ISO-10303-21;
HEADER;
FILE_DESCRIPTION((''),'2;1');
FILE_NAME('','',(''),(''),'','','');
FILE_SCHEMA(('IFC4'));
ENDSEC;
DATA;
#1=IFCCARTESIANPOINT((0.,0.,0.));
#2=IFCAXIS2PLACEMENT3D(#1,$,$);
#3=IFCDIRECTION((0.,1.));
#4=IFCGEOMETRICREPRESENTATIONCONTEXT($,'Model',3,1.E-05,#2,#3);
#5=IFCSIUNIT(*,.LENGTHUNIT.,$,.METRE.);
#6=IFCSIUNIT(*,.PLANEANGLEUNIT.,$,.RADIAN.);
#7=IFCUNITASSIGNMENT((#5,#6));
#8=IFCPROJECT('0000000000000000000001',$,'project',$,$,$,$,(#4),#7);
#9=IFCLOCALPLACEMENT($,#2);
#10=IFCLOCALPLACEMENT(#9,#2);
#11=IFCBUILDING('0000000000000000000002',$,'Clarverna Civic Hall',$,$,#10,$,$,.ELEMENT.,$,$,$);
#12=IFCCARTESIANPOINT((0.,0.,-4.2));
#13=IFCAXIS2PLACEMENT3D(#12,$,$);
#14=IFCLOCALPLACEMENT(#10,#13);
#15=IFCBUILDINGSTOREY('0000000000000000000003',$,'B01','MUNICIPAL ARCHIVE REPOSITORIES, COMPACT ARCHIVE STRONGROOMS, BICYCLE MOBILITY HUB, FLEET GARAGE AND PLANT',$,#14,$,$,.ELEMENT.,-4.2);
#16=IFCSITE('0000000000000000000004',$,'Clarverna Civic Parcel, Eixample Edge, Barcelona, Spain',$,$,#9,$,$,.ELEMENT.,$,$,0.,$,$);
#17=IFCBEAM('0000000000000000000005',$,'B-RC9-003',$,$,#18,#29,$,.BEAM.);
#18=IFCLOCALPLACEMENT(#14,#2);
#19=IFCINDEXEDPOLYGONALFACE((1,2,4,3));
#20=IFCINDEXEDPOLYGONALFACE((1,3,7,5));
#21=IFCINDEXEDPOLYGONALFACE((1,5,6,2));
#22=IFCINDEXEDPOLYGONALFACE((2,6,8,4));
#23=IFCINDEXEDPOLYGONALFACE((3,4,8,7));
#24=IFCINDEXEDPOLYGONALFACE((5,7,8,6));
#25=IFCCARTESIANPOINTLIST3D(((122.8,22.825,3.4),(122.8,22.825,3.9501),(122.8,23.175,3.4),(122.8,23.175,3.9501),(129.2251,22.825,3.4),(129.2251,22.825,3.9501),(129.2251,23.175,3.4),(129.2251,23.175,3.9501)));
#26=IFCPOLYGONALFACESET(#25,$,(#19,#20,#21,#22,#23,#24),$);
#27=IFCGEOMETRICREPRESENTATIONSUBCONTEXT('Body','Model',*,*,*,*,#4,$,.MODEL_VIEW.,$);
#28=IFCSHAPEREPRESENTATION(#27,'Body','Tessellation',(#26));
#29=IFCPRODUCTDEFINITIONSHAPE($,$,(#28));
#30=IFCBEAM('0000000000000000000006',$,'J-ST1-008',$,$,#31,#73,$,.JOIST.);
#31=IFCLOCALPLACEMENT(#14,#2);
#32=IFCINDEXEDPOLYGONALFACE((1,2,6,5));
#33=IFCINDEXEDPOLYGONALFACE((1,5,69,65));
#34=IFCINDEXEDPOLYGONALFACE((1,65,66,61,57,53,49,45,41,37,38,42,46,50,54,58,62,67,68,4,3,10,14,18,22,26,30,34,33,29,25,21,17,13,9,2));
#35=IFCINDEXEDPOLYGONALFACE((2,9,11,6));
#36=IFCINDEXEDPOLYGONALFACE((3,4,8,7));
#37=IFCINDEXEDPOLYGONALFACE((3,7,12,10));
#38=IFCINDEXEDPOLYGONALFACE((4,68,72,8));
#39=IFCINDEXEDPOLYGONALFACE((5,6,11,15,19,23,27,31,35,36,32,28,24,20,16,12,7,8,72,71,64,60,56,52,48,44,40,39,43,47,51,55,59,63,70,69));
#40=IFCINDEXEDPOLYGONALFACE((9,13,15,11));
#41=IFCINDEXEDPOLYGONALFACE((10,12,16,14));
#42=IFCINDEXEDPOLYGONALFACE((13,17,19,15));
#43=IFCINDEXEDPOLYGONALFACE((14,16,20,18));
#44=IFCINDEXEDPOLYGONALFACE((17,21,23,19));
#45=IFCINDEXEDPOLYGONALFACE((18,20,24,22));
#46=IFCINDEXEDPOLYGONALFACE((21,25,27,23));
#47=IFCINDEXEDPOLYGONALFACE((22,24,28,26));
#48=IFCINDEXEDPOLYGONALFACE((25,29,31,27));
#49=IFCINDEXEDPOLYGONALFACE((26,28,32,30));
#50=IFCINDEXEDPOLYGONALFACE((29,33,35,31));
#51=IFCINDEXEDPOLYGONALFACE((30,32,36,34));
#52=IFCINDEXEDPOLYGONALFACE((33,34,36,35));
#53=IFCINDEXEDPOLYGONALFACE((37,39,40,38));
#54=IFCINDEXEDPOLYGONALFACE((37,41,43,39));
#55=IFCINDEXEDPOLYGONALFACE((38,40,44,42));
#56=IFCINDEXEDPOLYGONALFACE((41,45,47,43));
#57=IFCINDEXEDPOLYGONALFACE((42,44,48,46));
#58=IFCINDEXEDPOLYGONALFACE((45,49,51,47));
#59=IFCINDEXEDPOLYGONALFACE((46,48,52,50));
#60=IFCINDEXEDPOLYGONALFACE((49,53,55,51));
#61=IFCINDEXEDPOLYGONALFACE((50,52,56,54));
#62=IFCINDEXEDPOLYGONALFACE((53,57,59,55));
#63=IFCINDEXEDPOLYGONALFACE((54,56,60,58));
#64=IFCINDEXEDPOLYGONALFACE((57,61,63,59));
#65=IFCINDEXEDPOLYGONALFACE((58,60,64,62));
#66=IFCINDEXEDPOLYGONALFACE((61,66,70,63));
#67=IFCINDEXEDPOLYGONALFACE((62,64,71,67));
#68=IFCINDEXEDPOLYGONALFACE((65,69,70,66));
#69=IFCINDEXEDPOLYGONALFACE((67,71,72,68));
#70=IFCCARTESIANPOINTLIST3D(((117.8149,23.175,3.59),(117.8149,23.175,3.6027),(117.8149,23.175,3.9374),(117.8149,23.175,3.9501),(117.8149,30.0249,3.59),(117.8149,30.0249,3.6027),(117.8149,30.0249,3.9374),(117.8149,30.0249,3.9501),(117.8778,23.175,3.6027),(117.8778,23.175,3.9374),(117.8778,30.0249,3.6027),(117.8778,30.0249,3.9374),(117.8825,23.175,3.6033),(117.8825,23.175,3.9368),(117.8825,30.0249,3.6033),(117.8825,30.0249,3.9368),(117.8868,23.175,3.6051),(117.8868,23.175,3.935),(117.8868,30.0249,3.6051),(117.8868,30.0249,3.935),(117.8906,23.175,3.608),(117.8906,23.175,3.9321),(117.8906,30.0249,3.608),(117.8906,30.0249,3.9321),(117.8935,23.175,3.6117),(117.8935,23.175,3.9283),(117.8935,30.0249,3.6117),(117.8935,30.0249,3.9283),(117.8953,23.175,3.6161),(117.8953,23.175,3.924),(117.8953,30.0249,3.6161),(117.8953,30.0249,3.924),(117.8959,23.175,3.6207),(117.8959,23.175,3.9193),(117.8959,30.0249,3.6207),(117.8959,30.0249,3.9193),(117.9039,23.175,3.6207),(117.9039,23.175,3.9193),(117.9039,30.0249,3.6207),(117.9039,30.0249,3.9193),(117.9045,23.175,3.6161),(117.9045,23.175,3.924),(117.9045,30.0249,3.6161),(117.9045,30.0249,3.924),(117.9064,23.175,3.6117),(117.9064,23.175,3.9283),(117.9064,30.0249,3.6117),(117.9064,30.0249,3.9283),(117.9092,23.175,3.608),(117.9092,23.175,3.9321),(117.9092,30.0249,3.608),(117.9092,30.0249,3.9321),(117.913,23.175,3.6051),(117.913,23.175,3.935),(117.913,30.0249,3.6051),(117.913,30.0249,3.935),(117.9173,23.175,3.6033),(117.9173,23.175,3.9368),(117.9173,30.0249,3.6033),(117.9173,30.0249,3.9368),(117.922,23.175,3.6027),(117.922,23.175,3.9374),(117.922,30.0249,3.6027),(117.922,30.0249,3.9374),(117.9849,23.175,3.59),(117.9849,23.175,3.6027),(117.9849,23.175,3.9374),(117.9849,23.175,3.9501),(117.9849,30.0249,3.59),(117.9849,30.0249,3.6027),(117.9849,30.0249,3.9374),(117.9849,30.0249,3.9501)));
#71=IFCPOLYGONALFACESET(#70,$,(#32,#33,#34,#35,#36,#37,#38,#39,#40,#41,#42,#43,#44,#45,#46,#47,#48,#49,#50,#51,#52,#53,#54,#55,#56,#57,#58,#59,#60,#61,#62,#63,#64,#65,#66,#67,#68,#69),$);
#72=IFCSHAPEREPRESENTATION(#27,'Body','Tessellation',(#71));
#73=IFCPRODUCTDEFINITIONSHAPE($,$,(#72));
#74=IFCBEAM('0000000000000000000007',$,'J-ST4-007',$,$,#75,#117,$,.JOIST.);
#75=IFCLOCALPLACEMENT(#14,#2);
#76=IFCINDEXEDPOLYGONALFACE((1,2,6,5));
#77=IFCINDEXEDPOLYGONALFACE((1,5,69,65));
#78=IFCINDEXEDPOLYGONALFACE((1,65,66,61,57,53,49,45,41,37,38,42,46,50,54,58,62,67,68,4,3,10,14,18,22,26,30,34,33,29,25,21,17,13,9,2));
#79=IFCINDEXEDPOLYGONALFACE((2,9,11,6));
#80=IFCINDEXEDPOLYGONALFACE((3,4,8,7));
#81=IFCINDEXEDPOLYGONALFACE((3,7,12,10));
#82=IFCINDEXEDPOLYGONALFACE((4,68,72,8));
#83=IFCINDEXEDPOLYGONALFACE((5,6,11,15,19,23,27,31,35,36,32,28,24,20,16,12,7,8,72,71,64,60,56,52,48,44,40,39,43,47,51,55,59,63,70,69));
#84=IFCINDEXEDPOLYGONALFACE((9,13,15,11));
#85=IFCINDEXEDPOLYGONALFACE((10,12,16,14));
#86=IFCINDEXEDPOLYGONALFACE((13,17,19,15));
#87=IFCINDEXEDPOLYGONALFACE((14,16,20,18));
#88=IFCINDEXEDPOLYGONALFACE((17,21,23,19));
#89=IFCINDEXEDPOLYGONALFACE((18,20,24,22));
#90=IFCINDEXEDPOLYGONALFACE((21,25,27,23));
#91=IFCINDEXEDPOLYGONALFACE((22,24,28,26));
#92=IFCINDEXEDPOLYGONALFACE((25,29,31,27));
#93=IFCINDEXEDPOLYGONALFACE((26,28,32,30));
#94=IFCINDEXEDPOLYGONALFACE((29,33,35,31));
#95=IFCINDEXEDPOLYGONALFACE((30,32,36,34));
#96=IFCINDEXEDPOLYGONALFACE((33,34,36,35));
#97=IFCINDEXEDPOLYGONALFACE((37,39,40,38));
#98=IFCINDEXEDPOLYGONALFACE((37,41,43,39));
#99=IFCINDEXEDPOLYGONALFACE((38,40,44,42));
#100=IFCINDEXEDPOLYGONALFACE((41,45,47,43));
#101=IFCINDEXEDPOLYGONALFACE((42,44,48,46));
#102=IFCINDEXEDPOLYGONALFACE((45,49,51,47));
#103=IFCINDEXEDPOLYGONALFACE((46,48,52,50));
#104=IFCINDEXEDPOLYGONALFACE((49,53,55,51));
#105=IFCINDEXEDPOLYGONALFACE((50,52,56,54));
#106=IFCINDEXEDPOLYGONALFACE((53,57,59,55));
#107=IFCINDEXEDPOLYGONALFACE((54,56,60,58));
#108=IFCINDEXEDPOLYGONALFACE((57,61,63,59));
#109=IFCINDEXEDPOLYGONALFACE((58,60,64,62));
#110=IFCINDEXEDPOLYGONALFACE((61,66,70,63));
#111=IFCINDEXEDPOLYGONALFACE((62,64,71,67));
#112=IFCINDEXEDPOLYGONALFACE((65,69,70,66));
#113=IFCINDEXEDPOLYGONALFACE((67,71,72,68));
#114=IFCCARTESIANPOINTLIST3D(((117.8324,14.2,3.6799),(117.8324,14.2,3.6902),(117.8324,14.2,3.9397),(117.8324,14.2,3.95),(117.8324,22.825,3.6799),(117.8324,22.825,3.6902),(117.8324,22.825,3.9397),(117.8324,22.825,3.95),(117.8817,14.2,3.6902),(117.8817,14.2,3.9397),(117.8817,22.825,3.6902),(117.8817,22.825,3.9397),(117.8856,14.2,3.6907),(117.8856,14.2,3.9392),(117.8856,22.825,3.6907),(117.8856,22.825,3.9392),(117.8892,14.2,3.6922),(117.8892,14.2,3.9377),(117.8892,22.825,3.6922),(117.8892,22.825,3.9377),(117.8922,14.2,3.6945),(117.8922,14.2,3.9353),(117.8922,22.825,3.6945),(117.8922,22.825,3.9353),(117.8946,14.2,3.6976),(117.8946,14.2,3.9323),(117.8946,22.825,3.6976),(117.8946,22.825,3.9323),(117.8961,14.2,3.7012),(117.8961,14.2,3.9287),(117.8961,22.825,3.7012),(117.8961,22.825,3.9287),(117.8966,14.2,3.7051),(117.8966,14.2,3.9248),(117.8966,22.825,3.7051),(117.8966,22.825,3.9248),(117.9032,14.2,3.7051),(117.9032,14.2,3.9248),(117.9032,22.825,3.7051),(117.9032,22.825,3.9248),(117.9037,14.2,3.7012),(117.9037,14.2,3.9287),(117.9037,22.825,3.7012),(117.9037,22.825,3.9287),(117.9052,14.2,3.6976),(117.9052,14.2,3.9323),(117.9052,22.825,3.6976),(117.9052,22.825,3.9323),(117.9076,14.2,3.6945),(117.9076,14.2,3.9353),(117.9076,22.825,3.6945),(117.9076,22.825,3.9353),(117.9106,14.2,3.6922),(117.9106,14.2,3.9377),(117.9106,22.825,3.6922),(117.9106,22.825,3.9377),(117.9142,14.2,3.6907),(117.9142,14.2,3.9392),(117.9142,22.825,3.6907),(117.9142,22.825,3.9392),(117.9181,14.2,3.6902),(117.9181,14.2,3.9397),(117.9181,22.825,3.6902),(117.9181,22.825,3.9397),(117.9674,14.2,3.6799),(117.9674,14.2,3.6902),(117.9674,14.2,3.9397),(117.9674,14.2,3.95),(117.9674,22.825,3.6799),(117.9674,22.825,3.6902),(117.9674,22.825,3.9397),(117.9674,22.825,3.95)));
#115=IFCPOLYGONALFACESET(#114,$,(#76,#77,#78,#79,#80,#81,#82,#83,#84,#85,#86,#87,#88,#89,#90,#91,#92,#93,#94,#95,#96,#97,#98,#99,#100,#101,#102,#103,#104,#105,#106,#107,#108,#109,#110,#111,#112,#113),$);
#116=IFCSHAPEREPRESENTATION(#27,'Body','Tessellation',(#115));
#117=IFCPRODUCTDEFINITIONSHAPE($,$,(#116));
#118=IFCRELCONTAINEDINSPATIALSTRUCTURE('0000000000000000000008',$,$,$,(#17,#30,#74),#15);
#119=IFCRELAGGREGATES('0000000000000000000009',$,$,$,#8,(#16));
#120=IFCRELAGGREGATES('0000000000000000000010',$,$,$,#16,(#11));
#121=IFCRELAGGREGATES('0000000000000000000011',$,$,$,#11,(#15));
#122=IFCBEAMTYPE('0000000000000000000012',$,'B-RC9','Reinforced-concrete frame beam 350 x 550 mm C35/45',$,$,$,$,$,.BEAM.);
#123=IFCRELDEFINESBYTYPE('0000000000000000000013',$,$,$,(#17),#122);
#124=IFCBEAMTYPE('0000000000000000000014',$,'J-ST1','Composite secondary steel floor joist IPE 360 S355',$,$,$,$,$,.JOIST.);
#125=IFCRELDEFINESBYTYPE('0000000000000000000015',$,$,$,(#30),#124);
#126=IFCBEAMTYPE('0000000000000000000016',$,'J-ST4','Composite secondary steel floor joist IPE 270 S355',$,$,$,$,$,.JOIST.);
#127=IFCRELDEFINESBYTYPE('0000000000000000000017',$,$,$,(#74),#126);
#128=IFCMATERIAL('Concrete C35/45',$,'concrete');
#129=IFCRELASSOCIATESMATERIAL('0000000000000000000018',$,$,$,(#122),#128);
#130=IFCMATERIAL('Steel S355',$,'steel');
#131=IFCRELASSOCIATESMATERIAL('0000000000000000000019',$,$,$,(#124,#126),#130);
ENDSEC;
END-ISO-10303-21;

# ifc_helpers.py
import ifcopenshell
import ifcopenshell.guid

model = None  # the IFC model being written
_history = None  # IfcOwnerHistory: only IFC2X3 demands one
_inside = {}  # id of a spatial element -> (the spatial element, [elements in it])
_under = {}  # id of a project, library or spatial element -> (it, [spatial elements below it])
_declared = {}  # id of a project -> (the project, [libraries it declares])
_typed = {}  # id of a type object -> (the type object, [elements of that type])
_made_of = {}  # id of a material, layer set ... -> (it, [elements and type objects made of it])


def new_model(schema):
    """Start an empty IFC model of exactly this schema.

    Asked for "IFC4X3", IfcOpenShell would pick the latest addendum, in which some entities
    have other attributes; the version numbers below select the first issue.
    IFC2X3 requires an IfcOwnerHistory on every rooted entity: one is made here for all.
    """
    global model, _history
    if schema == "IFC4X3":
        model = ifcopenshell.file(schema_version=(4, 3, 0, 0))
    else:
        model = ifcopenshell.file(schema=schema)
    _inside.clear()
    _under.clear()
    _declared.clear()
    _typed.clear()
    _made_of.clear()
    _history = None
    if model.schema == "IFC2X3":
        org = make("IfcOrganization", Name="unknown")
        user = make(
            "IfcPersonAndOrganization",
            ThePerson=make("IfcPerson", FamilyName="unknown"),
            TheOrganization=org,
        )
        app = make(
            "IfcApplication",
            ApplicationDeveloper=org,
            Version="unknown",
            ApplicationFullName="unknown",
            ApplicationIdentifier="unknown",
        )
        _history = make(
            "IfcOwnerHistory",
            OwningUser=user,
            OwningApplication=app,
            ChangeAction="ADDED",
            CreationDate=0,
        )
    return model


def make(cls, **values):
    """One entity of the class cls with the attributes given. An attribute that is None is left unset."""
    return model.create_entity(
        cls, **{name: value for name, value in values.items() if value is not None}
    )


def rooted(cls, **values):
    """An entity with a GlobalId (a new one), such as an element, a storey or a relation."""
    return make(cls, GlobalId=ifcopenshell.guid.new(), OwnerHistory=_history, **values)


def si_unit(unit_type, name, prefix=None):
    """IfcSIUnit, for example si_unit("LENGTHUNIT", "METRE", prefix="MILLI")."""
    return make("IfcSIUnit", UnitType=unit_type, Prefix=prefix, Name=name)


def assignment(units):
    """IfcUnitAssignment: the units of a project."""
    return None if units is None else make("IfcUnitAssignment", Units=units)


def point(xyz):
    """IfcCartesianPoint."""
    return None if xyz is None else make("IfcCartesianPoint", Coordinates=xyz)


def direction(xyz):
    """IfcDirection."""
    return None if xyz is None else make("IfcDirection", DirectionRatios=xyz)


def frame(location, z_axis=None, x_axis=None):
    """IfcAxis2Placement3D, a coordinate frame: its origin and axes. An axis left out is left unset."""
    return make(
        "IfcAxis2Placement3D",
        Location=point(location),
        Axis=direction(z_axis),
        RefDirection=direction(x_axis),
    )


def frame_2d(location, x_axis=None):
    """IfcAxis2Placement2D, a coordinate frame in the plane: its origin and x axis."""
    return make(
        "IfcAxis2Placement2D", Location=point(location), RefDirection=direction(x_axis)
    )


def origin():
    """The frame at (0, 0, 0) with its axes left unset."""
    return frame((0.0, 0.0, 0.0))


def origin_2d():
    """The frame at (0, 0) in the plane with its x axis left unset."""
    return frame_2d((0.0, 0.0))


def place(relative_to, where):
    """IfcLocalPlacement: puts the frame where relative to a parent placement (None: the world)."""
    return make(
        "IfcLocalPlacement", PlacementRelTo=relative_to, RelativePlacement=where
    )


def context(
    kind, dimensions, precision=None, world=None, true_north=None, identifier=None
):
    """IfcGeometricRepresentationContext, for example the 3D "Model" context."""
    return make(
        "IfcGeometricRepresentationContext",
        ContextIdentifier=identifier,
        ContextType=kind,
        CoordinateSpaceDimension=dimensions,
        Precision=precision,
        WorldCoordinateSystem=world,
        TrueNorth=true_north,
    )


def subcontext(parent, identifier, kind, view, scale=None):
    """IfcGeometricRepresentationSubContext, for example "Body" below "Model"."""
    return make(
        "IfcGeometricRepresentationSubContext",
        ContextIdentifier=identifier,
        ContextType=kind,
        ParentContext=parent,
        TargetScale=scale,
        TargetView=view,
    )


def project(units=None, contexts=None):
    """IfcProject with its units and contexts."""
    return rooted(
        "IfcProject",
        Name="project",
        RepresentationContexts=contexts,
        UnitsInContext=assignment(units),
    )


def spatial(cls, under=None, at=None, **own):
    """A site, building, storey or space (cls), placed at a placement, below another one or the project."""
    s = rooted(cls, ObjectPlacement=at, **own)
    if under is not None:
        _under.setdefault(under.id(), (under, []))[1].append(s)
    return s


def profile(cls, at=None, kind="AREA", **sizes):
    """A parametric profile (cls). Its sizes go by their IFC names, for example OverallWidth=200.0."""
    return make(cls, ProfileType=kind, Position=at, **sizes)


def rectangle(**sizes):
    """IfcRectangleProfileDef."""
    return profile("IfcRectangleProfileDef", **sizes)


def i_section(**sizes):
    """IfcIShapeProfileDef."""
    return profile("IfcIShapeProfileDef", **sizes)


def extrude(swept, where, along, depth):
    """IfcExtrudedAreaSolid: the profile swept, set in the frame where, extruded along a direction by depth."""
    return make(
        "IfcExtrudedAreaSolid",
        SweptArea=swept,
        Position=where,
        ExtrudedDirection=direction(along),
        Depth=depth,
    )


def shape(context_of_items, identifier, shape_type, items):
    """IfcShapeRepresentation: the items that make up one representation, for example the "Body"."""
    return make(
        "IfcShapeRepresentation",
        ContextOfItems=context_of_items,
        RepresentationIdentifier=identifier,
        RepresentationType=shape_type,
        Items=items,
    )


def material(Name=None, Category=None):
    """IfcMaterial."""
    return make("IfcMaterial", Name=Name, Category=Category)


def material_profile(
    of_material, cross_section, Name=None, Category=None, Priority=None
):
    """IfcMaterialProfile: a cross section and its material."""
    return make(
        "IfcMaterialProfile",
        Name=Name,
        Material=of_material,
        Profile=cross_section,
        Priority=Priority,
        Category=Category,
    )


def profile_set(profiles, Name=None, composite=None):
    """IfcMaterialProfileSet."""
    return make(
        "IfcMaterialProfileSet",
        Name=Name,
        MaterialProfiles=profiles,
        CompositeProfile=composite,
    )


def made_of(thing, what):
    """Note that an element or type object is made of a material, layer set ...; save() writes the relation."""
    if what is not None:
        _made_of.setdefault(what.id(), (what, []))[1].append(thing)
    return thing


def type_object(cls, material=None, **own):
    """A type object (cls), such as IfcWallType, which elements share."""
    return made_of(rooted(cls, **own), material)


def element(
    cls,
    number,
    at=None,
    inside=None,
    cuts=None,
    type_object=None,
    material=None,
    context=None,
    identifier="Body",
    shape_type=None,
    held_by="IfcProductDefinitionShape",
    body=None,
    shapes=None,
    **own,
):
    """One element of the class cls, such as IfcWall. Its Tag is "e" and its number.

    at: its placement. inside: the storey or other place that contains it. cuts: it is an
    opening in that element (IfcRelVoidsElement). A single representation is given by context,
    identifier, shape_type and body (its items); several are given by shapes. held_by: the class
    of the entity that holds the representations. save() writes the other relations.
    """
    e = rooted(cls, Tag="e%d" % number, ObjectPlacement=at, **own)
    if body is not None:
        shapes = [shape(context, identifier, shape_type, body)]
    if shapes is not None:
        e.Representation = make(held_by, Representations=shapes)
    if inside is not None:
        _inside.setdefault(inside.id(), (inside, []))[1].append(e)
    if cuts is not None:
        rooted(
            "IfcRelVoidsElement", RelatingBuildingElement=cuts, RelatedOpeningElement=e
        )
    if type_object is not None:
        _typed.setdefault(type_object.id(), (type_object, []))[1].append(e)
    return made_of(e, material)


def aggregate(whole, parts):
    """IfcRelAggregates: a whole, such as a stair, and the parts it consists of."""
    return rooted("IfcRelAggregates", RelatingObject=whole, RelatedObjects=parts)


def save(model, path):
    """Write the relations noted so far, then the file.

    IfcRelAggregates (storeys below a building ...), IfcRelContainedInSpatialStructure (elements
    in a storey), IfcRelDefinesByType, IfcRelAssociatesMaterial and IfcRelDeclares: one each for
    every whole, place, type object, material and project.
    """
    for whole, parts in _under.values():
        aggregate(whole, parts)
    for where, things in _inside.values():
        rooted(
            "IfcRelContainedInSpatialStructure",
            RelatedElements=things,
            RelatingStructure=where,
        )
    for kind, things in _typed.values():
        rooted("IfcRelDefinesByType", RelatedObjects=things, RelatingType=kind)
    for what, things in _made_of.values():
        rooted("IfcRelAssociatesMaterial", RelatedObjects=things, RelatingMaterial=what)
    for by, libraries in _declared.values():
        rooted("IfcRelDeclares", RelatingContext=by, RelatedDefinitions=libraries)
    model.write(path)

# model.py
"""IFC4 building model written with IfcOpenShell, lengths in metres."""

from ifc_helpers import new_model, si_unit, direction, frame, origin, origin_2d, place, context, subcontext, project, spatial, rectangle, i_section, extrude, material, material_profile, profile_set, type_object, element, save


model = new_model("IFC4")

# Units and contexts
model_context = context("Model", 3, precision=1e-05, world=origin(), true_north=direction((0.0, 1.0)))
body_context = subcontext(model_context, "Body", "Model", "MODEL_VIEW")
ifc_project = project(units=[si_unit("LENGTHUNIT", "METRE"), si_unit("PLANEANGLEUNIT", "RADIAN")], contexts=[model_context])

# Site, building, storey
site_placement = place(None, origin())
site = spatial("IfcSite", under=ifc_project, at=site_placement, Name="Clarverna Civic Parcel, Eixample Edge, Barcelona, Spain", CompositionType="ELEMENT", RefElevation=0.0)
building_placement = place(site_placement, origin())
building = spatial("IfcBuilding", under=site, at=building_placement, Name="Clarverna Civic Hall", CompositionType="ELEMENT")
storey_placement = place(building_placement, frame((0.0, 0.0, -4.2)))
storey = spatial("IfcBuildingStorey", under=building, at=storey_placement, Name="B01", Description="MUNICIPAL ARCHIVE REPOSITORIES, COMPACT ARCHIVE STRONGROOMS, BICYCLE MOBILITY HUB, FLEET GARAGE AND PLANT", CompositionType="ELEMENT", Elevation=-4.2)

# Beams
ifc_material_1 = material(Name="Concrete C35/45", Category="concrete")
ifc_material_profile_1 = material_profile(ifc_material_1, rectangle(XDim=0.3501, YDim=0.55, at=origin_2d()), Name="RC 350x550")
ifc_profile_set_1 = profile_set([ifc_material_profile_1], Name="Concrete C35/45")
beam_type_1 = type_object("IfcBeamType", Name="B-RC9", Description="Reinforced-concrete frame beam 350 x 550 mm C35/45", PredefinedType="BEAM", material=ifc_profile_set_1)
beam_1_placement = place(storey_placement, frame((122.8, 23.0, 3.675), z_axis=(1.0, 0.0, 0.0), x_axis=(0.0, 1.0, 0.0)))
element("IfcBeam", 1, at=beam_1_placement, inside=storey, type_object=beam_type_1, Name="B-RC9-003", PredefinedType="BEAM", context=body_context, shape_type="SweptSolid", body=[
    extrude(rectangle(XDim=0.3501, YDim=0.55, at=origin_2d()), origin(), (0.0, 0.0, 1.0), 6.425),
])
ifc_material_2 = material(Name="Steel S355", Category="steel")
ifc_material_profile_2 = material_profile(ifc_material_2, i_section(OverallWidth=0.1699, OverallDepth=0.3601, WebThickness=0.0081, FlangeThickness=0.0127, FilletRadius=0.0181, at=origin_2d()), Name="IPE 360")
ifc_profile_set_2 = profile_set([ifc_material_profile_2], Name="Steel S355")
beam_type_2 = type_object("IfcBeamType", Name="J-ST1", Description="Composite secondary steel floor joist IPE 360 S355", PredefinedType="JOIST", material=ifc_profile_set_2)
beam_2_placement = place(storey_placement, frame((117.8999, 23.175, 3.77), z_axis=(0.0, 1.0, 0.0), x_axis=(-1.0, 0.0, 0.0)))
element("IfcBeam", 2, at=beam_2_placement, inside=storey, type_object=beam_type_2, Name="J-ST1-008", PredefinedType="JOIST", context=body_context, shape_type="SweptSolid", body=[
    extrude(i_section(OverallWidth=0.1699, OverallDepth=0.3601, WebThickness=0.0081, FlangeThickness=0.0127, FilletRadius=0.0181, at=origin_2d()), origin(), (0.0, 0.0, 1.0), 6.8499),
])
ifc_material_profile_3 = material_profile(ifc_material_2, i_section(OverallWidth=0.135, OverallDepth=0.27, WebThickness=0.0066, FlangeThickness=0.0103, FilletRadius=0.0149, at=origin_2d()), Name="IPE 270")
ifc_profile_set_3 = profile_set([ifc_material_profile_3], Name="Steel S355")
beam_type_3 = type_object("IfcBeamType", Name="J-ST4", Description="Composite secondary steel floor joist IPE 270 S355", PredefinedType="JOIST", material=ifc_profile_set_3)
beam_3_placement = place(storey_placement, frame((117.8999, 14.2, 3.8149), z_axis=(0.0, 1.0, 0.0), x_axis=(-1.0, 0.0, 0.0)))
element("IfcBeam", 3, at=beam_3_placement, inside=storey, type_object=beam_type_3, Name="J-ST4-007", PredefinedType="JOIST", context=body_context, shape_type="SweptSolid", body=[
    extrude(i_section(OverallWidth=0.135, OverallDepth=0.27, WebThickness=0.0066, FlangeThickness=0.0103, FilletRadius=0.0149, at=origin_2d()), origin(), (0.0, 0.0, 1.0), 8.625),
])

save(model, "model.ifc")
